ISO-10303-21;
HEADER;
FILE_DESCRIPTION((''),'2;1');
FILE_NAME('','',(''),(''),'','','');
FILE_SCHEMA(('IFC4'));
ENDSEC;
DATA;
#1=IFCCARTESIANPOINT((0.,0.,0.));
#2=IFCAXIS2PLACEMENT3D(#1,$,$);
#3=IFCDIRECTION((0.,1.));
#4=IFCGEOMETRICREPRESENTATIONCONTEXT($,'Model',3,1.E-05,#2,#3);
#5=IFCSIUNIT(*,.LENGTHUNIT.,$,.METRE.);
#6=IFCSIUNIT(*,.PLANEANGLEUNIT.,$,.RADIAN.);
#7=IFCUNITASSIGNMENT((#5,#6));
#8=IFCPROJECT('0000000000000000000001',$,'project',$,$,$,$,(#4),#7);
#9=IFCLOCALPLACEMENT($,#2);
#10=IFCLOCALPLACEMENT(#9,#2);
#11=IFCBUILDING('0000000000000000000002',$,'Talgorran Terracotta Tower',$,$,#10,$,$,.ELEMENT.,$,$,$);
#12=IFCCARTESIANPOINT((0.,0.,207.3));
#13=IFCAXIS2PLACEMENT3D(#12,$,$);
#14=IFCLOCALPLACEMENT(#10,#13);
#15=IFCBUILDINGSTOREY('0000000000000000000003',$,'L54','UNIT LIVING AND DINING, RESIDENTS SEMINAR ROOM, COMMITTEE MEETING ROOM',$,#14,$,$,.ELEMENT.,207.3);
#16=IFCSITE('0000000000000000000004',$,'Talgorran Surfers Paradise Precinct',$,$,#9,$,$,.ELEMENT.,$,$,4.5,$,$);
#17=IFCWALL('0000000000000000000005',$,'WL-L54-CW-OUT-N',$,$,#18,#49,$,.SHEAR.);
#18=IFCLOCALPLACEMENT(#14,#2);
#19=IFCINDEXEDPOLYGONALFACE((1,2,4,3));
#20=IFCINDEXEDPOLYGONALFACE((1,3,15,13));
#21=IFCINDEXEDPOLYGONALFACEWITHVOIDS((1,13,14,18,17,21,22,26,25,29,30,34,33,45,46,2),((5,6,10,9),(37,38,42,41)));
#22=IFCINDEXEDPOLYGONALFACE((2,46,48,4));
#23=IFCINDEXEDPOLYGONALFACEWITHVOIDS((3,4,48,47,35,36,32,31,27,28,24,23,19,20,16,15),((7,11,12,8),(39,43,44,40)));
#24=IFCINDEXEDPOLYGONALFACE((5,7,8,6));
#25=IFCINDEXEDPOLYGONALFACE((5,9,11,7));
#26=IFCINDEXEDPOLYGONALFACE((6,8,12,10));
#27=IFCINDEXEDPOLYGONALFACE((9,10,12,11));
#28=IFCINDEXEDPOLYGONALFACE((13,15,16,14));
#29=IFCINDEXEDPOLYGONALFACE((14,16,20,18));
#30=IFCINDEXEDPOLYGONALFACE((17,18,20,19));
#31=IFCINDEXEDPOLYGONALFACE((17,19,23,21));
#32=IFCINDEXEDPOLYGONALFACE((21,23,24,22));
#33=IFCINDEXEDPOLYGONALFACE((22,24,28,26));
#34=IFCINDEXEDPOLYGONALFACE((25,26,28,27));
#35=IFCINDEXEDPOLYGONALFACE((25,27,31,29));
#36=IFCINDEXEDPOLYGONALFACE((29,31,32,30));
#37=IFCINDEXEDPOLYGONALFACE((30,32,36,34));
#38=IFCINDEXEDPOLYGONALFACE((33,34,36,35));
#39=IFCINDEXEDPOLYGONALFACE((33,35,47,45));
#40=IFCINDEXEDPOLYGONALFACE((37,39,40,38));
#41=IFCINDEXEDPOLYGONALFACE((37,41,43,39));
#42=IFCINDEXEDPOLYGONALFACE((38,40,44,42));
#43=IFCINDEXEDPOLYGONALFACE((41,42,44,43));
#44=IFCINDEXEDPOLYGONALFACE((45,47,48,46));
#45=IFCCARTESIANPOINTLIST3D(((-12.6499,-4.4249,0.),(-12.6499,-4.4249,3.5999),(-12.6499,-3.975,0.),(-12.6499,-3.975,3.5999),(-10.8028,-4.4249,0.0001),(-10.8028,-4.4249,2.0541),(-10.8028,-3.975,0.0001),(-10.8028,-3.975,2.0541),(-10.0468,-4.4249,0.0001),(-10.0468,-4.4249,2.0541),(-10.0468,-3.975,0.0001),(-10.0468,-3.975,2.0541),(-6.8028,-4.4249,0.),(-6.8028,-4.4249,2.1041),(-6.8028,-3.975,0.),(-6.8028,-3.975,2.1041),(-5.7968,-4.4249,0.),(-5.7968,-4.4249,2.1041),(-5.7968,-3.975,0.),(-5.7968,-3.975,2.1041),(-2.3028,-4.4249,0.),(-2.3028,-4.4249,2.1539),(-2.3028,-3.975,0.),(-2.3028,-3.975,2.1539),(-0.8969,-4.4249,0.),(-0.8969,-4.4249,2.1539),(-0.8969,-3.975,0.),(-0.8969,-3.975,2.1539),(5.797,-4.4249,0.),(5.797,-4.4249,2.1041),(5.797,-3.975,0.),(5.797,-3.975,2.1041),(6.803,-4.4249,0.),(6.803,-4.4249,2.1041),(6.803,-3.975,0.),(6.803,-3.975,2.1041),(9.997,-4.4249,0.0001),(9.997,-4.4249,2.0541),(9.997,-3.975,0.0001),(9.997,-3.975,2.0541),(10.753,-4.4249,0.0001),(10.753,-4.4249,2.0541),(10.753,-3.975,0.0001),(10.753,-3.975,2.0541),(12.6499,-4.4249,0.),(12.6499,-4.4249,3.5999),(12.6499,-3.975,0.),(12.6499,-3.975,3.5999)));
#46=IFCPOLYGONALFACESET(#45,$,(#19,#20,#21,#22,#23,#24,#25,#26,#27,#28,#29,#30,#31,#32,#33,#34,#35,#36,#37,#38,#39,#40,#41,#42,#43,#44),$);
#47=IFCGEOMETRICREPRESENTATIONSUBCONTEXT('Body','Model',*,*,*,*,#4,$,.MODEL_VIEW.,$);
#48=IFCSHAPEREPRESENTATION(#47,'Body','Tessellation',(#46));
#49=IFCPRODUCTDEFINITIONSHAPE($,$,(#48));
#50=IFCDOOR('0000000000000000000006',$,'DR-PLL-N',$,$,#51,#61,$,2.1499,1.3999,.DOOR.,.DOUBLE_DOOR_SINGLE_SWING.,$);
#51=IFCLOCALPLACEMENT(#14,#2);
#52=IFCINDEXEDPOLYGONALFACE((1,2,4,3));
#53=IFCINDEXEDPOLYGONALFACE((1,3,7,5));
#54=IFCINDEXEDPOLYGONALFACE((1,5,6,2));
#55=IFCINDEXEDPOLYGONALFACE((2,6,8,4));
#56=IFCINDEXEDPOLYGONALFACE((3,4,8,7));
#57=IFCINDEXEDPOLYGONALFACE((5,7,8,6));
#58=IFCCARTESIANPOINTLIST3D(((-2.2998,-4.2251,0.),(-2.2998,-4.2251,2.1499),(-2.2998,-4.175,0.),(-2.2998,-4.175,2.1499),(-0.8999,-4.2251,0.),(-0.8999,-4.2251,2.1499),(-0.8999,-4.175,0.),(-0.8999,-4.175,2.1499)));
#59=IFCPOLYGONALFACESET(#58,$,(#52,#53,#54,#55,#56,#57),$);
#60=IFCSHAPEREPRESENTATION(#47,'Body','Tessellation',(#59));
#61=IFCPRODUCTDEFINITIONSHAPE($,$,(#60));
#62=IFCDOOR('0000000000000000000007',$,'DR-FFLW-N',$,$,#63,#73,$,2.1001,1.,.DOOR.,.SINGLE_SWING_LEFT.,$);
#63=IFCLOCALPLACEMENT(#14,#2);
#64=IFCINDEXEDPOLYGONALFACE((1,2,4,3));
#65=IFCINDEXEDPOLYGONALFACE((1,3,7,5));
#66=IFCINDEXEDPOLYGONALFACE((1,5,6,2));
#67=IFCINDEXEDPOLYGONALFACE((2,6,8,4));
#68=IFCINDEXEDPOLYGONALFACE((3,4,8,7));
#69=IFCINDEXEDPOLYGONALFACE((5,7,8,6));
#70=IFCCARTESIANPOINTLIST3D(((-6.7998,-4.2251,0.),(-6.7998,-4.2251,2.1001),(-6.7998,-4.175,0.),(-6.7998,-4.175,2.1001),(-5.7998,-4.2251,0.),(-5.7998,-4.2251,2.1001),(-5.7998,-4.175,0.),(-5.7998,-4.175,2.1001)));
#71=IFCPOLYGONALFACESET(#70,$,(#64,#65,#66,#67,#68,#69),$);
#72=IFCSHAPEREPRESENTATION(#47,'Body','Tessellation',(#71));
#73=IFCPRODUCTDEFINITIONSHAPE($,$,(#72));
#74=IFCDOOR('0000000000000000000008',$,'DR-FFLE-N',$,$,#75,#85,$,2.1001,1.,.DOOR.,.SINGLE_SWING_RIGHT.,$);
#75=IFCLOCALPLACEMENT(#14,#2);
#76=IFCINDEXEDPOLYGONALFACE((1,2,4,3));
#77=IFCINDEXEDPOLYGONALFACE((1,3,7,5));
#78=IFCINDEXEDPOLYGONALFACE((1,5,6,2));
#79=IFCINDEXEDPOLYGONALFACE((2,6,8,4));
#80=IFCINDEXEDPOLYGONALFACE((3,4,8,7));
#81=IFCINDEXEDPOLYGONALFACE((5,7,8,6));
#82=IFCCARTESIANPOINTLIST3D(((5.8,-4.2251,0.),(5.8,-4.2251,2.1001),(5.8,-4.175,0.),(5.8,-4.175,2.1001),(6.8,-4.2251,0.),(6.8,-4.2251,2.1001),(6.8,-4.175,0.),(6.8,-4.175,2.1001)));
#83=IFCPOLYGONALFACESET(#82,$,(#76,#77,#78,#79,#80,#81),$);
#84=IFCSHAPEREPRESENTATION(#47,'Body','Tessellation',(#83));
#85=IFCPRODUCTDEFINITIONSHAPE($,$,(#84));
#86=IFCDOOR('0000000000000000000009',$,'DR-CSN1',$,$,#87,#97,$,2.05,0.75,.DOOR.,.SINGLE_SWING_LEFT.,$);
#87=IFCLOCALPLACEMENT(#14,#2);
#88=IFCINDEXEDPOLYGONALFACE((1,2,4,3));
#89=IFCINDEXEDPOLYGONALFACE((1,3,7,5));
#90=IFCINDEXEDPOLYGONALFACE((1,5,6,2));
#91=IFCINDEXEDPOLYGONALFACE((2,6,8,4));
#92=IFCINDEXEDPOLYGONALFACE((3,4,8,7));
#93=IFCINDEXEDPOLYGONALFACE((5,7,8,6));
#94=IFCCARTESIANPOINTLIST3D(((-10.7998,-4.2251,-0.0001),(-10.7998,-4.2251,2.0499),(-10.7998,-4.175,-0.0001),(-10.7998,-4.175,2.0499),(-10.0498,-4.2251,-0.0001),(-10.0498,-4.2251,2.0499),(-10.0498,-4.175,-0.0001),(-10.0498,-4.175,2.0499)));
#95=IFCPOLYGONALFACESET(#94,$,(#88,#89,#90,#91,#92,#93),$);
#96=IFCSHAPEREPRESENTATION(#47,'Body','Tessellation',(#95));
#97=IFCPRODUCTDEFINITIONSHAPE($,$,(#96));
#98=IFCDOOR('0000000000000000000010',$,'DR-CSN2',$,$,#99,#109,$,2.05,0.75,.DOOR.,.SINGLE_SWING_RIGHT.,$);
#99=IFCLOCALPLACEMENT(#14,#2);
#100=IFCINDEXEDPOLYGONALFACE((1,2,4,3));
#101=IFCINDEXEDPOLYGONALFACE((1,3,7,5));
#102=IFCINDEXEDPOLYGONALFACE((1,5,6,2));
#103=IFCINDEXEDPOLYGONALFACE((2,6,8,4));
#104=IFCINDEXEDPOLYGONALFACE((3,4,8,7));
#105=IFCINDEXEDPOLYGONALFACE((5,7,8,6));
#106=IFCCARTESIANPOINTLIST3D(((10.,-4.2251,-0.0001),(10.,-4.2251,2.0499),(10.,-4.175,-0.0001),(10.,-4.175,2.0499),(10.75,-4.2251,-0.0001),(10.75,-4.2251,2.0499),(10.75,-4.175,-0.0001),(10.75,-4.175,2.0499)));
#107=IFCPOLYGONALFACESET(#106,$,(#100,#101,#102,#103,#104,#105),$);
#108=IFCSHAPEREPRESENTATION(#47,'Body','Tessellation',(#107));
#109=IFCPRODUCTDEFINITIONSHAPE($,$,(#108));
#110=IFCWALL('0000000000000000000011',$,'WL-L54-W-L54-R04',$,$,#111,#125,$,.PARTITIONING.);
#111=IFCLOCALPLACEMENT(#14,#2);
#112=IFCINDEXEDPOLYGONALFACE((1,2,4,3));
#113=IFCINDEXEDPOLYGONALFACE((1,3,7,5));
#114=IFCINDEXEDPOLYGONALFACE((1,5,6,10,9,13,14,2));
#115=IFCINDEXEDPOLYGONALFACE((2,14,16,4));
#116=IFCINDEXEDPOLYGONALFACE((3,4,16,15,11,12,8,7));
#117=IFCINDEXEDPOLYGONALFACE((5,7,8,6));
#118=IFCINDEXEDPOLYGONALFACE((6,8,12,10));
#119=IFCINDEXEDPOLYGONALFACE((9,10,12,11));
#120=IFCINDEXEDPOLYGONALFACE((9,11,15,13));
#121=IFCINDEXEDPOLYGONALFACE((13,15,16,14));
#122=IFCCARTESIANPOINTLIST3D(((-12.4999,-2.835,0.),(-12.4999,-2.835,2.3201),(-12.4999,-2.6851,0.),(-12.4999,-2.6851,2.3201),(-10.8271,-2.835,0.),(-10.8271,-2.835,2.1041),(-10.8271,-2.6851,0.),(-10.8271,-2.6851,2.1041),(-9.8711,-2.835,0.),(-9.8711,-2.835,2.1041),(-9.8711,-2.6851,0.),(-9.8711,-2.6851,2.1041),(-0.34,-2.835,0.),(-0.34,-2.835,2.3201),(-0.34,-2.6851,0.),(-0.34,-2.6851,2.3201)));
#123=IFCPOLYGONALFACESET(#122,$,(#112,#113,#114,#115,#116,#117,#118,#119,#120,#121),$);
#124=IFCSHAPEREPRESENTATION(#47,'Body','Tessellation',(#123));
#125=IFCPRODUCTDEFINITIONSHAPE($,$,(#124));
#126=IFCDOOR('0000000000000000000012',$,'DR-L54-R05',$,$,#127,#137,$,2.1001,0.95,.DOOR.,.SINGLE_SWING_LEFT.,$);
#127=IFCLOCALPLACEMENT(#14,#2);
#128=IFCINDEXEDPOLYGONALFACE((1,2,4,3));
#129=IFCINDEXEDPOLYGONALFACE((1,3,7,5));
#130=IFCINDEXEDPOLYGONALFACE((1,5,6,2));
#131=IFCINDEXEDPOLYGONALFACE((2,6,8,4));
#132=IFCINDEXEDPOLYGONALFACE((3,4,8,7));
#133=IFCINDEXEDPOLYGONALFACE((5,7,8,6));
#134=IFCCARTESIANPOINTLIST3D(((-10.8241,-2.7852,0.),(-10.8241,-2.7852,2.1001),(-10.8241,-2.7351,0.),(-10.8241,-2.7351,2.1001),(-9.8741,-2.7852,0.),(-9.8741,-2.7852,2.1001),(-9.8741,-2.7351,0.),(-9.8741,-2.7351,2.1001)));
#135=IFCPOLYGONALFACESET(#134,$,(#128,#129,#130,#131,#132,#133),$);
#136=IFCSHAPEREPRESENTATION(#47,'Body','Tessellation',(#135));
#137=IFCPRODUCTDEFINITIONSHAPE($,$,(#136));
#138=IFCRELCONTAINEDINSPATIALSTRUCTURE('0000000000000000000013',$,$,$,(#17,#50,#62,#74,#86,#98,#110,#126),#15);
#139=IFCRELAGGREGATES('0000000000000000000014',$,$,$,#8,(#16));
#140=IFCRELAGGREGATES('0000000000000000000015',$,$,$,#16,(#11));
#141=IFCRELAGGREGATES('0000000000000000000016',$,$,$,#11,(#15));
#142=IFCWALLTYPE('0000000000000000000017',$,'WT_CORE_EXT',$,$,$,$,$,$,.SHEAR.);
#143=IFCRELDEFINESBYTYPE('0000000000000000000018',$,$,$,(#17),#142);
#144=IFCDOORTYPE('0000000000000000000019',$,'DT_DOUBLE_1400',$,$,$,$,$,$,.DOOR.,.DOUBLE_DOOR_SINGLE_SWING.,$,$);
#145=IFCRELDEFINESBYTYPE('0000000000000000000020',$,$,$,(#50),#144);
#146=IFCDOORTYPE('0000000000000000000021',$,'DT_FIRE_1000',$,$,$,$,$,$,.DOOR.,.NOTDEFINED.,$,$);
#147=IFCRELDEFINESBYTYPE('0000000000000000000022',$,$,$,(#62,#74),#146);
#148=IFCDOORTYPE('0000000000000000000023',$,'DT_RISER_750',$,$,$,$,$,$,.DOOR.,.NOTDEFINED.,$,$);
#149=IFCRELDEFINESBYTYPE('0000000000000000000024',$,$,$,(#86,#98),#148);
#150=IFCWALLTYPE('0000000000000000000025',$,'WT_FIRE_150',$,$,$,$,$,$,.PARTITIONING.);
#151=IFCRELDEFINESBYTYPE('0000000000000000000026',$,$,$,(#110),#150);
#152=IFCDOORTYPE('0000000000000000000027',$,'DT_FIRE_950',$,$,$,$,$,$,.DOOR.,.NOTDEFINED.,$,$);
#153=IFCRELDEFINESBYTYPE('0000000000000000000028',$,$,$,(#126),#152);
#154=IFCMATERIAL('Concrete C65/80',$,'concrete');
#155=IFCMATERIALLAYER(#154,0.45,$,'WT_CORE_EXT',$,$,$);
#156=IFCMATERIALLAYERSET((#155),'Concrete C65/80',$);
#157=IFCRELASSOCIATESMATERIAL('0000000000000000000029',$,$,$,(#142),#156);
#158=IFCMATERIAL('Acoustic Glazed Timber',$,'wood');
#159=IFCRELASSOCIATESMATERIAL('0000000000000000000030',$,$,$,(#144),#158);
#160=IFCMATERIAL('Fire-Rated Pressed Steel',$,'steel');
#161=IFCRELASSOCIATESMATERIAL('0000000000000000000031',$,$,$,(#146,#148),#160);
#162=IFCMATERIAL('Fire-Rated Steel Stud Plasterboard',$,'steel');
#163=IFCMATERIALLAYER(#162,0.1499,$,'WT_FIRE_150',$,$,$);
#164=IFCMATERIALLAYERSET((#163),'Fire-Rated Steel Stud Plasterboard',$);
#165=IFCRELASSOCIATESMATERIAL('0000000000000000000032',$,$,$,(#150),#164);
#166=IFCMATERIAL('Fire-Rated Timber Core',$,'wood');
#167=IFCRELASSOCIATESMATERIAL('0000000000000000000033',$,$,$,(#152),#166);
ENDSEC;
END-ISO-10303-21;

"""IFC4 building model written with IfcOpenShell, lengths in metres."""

from ifc_helpers import new_model, si_unit, direction, frame, frame_2d, origin, place, context, subcontext, project, spatial, rectangle, extrude, material, layer, layer_set, type_object, element, fill, save


model = new_model("IFC4")

# Units and contexts
model_context = context("Model", 3, precision=1e-05, world=origin(), true_north=direction((0.0, 1.0)))
body_context = subcontext(model_context, "Body", "Model", "MODEL_VIEW")
ifc_project = project(units=[si_unit("LENGTHUNIT", "METRE"), si_unit("PLANEANGLEUNIT", "RADIAN")], contexts=[model_context])

# Site, building, storey
site_placement = place(None, origin())
site = spatial("IfcSite", under=ifc_project, at=site_placement, Name="Talgorran Surfers Paradise Precinct", CompositionType="ELEMENT", RefElevation=4.5)
building_placement = place(site_placement, origin())
building = spatial("IfcBuilding", under=site, at=building_placement, Name="Talgorran Terracotta Tower", CompositionType="ELEMENT")
storey_placement = place(building_placement, frame((0.0, 0.0, 207.3)))
storey = spatial("IfcBuildingStorey", under=building, at=storey_placement, Name="L54", Description="UNIT LIVING AND DINING, RESIDENTS SEMINAR ROOM, COMMITTEE MEETING ROOM", CompositionType="ELEMENT", Elevation=207.3)

# Wall, openings, doors
ifc_material_1 = material(Name="Concrete C65/80", Category="concrete")
ifc_layer_1 = layer(ifc_material_1, 0.45, Name="WT_CORE_EXT")
ifc_layer_set_1 = layer_set([ifc_layer_1], Name="Concrete C65/80")
wall_type_1 = type_object("IfcWallType", Name="WT_CORE_EXT", PredefinedType="SHEAR", material=ifc_layer_set_1)
wall_1_placement = place(storey_placement, frame((-12.6499, -4.2, 0.0), z_axis=(0.0, 0.0, 1.0), x_axis=(1.0, 0.0, 0.0)))
wall_1 = element("IfcWall", 1, at=wall_1_placement, inside=storey, type_object=wall_type_1, Name="WL-L54-CW-OUT-N", PredefinedType="SHEAR", context=body_context, shape_type="SweptSolid", body=[
    extrude(rectangle(XDim=25.2998, YDim=0.45, at=frame_2d((12.6499, 0.0))), origin(), (0.0, 0.0, 1.0), 3.5999),
])
opening_1_placement = place(wall_1_placement, frame((1.8501, 0.0, 0.0)))
opening_1 = element("IfcOpeningElement", 2, at=opening_1_placement, cuts=wall_1, PredefinedType="OPENING", context=body_context, shape_type="SweptSolid", body=[
    extrude(rectangle(XDim=0.756, YDim=2.054, at=frame_2d((0.375, 1.0271))), frame((0.0, 0.2349, 0.0), z_axis=(0.0, -1.0, 0.0), x_axis=(1.0, 0.0, 0.0)), (0.0, 0.0, 1.0), 0.47),
])
opening_2_placement = place(wall_1_placement, frame((22.6499, 0.0, 0.0)))
opening_2 = element("IfcOpeningElement", 3, at=opening_2_placement, cuts=wall_1, PredefinedType="OPENING", context=body_context, shape_type="SweptSolid", body=[
    extrude(rectangle(XDim=0.756, YDim=2.054, at=frame_2d((0.375, 1.0271))), frame((0.0, 0.2349, 0.0), z_axis=(0.0, -1.0, 0.0), x_axis=(1.0, 0.0, 0.0)), (0.0, 0.0, 1.0), 0.47),
])
opening_3_placement = place(wall_1_placement, frame((5.8501, 0.0, 0.0)))
opening_3 = element("IfcOpeningElement", 4, at=opening_3_placement, cuts=wall_1, PredefinedType="OPENING", context=body_context, shape_type="SweptSolid", body=[
    extrude(rectangle(XDim=1.006, YDim=2.1041, at=frame_2d((0.5, 1.052))), frame((0.0, 0.2349, 0.0), z_axis=(0.0, -1.0, 0.0), x_axis=(1.0, 0.0, 0.0)), (0.0, 0.0, 1.0), 0.47),
])
opening_4_placement = place(wall_1_placement, frame((10.3501, 0.0, 0.0)))
opening_4 = element("IfcOpeningElement", 5, at=opening_4_placement, cuts=wall_1, PredefinedType="OPENING", context=body_context, shape_type="SweptSolid", body=[
    extrude(rectangle(XDim=1.4059, YDim=2.1539, at=frame_2d((0.7, 1.0769))), frame((0.0, 0.2349, 0.0), z_axis=(0.0, -1.0, 0.0), x_axis=(1.0, 0.0, 0.0)), (0.0, 0.0, 1.0), 0.47),
])
opening_5_placement = place(wall_1_placement, frame((18.45, 0.0, 0.0)))
opening_5 = element("IfcOpeningElement", 6, at=opening_5_placement, cuts=wall_1, PredefinedType="OPENING", context=body_context, shape_type="SweptSolid", body=[
    extrude(rectangle(XDim=1.006, YDim=2.1041, at=frame_2d((0.5, 1.052))), frame((0.0, 0.2349, 0.0), z_axis=(0.0, -1.0, 0.0), x_axis=(1.0, 0.0, 0.0)), (0.0, 0.0, 1.0), 0.47),
])
ifc_material_2 = material(Name="Acoustic Glazed Timber", Category="wood")
door_type_1 = type_object("IfcDoorType", Name="DT_DOUBLE_1400", OperationType="DOUBLE_DOOR_SINGLE_SWING", PredefinedType="DOOR", material=ifc_material_2)
door_1_placement = place(opening_4_placement, origin())
door_1 = element("IfcDoor", 7, at=door_1_placement, inside=storey, type_object=door_type_1, Name="DR-PLL-N", OperationType="DOUBLE_DOOR_SINGLE_SWING", OverallHeight=2.1499, OverallWidth=1.3999, PredefinedType="DOOR", context=body_context, shape_type="SweptSolid", body=[
    extrude(rectangle(XDim=1.3999, YDim=2.1499, at=frame_2d((0.7, 1.075))), frame((0.0, 0.0249, 0.0), z_axis=(0.0, -1.0, 0.0), x_axis=(1.0, 0.0, 0.0)), (0.0, 0.0, 1.0), 0.05),
])
fill(opening_4, door_1)
ifc_material_3 = material(Name="Fire-Rated Pressed Steel", Category="steel")
door_type_2 = type_object("IfcDoorType", Name="DT_FIRE_1000", OperationType="NOTDEFINED", PredefinedType="DOOR", material=ifc_material_3)
door_2_placement = place(opening_3_placement, origin())
door_2 = element("IfcDoor", 8, at=door_2_placement, inside=storey, type_object=door_type_2, Name="DR-FFLW-N", OperationType="SINGLE_SWING_LEFT", OverallHeight=2.1001, OverallWidth=1.0, PredefinedType="DOOR", context=body_context, shape_type="SweptSolid", body=[
    extrude(rectangle(XDim=1.0, YDim=2.1001, at=frame_2d((0.5, 1.05))), frame((0.0, 0.0249, 0.0), z_axis=(0.0, -1.0, 0.0), x_axis=(1.0, 0.0, 0.0)), (0.0, 0.0, 1.0), 0.05),
])
fill(opening_3, door_2)
door_3_placement = place(opening_5_placement, origin())
door_3 = element("IfcDoor", 9, at=door_3_placement, inside=storey, type_object=door_type_2, Name="DR-FFLE-N", OperationType="SINGLE_SWING_RIGHT", OverallHeight=2.1001, OverallWidth=1.0, PredefinedType="DOOR", context=body_context, shape_type="SweptSolid", body=[
    extrude(rectangle(XDim=1.0, YDim=2.1001, at=frame_2d((0.5, 1.05))), frame((0.0, 0.0249, 0.0), z_axis=(0.0, -1.0, 0.0), x_axis=(1.0, 0.0, 0.0)), (0.0, 0.0, 1.0), 0.05),
])
fill(opening_5, door_3)
door_type_3 = type_object("IfcDoorType", Name="DT_RISER_750", OperationType="NOTDEFINED", PredefinedType="DOOR", material=ifc_material_3)
door_4_placement = place(opening_1_placement, origin())
door_4 = element("IfcDoor", 10, at=door_4_placement, inside=storey, type_object=door_type_3, Name="DR-CSN1", OperationType="SINGLE_SWING_LEFT", OverallHeight=2.05, OverallWidth=0.75, PredefinedType="DOOR", context=body_context, shape_type="SweptSolid", body=[
    extrude(rectangle(XDim=0.75, YDim=2.05, at=frame_2d((0.375, 1.0249))), frame((0.0, 0.0249, 0.0), z_axis=(0.0, -1.0, 0.0), x_axis=(1.0, 0.0, 0.0)), (0.0, 0.0, 1.0), 0.05),
])
fill(opening_1, door_4)
door_5_placement = place(opening_2_placement, origin())
door_5 = element("IfcDoor", 11, at=door_5_placement, inside=storey, type_object=door_type_3, Name="DR-CSN2", OperationType="SINGLE_SWING_RIGHT", OverallHeight=2.05, OverallWidth=0.75, PredefinedType="DOOR", context=body_context, shape_type="SweptSolid", body=[
    extrude(rectangle(XDim=0.75, YDim=2.05, at=frame_2d((0.375, 1.0249))), frame((0.0, 0.0249, 0.0), z_axis=(0.0, -1.0, 0.0), x_axis=(1.0, 0.0, 0.0)), (0.0, 0.0, 1.0), 0.05),
])
fill(opening_2, door_5)

# Wall, opening, door
ifc_material_4 = material(Name="Fire-Rated Steel Stud Plasterboard", Category="steel")
ifc_layer_2 = layer(ifc_material_4, 0.1499, Name="WT_FIRE_150")
ifc_layer_set_2 = layer_set([ifc_layer_2], Name="Fire-Rated Steel Stud Plasterboard")
wall_type_2 = type_object("IfcWallType", Name="WT_FIRE_150", PredefinedType="PARTITIONING", material=ifc_layer_set_2)
wall_2_placement = place(storey_placement, frame((-12.5, -2.76, 0.0), z_axis=(0.0, 0.0, 1.0), x_axis=(1.0, 0.0, 0.0)))
wall_2 = element("IfcWall", 12, at=wall_2_placement, inside=storey, type_object=wall_type_2, Name="WL-L54-W-L54-R04", PredefinedType="PARTITIONING", context=body_context, shape_type="SweptSolid", body=[
    extrude(rectangle(XDim=12.1599, YDim=0.1499, at=frame_2d((6.0801, 0.0))), origin(), (0.0, 0.0, 1.0), 2.3201),
])
opening_6_placement = place(wall_2_placement, frame((1.6758, 0.0, 0.0)))
opening_6 = element("IfcOpeningElement", 13, at=opening_6_placement, cuts=wall_2, PredefinedType="OPENING", context=body_context, shape_type="SweptSolid", body=[
    extrude(rectangle(XDim=0.956, YDim=2.1041, at=frame_2d((0.4751, 1.052))), frame((0.0, 0.085, 0.0), z_axis=(0.0, -1.0, 0.0), x_axis=(1.0, 0.0, 0.0)), (0.0, 0.0, 1.0), 0.1699),
])
ifc_material_5 = material(Name="Fire-Rated Timber Core", Category="wood")
door_type_4 = type_object("IfcDoorType", Name="DT_FIRE_950", OperationType="NOTDEFINED", PredefinedType="DOOR", material=ifc_material_5)
door_6_placement = place(opening_6_placement, origin())
door_6 = element("IfcDoor", 14, at=door_6_placement, inside=storey, type_object=door_type_4, Name="DR-L54-R05", OperationType="SINGLE_SWING_LEFT", OverallHeight=2.1001, OverallWidth=0.95, PredefinedType="DOOR", context=body_context, shape_type="SweptSolid", body=[
    extrude(rectangle(XDim=0.95, YDim=2.1001, at=frame_2d((0.4751, 1.05))), frame((0.0, 0.0249, 0.0), z_axis=(0.0, -1.0, 0.0), x_axis=(1.0, 0.0, 0.0)), (0.0, 0.0, 1.0), 0.05),
])
fill(opening_6, door_6)

save(model, "model.ifc")
